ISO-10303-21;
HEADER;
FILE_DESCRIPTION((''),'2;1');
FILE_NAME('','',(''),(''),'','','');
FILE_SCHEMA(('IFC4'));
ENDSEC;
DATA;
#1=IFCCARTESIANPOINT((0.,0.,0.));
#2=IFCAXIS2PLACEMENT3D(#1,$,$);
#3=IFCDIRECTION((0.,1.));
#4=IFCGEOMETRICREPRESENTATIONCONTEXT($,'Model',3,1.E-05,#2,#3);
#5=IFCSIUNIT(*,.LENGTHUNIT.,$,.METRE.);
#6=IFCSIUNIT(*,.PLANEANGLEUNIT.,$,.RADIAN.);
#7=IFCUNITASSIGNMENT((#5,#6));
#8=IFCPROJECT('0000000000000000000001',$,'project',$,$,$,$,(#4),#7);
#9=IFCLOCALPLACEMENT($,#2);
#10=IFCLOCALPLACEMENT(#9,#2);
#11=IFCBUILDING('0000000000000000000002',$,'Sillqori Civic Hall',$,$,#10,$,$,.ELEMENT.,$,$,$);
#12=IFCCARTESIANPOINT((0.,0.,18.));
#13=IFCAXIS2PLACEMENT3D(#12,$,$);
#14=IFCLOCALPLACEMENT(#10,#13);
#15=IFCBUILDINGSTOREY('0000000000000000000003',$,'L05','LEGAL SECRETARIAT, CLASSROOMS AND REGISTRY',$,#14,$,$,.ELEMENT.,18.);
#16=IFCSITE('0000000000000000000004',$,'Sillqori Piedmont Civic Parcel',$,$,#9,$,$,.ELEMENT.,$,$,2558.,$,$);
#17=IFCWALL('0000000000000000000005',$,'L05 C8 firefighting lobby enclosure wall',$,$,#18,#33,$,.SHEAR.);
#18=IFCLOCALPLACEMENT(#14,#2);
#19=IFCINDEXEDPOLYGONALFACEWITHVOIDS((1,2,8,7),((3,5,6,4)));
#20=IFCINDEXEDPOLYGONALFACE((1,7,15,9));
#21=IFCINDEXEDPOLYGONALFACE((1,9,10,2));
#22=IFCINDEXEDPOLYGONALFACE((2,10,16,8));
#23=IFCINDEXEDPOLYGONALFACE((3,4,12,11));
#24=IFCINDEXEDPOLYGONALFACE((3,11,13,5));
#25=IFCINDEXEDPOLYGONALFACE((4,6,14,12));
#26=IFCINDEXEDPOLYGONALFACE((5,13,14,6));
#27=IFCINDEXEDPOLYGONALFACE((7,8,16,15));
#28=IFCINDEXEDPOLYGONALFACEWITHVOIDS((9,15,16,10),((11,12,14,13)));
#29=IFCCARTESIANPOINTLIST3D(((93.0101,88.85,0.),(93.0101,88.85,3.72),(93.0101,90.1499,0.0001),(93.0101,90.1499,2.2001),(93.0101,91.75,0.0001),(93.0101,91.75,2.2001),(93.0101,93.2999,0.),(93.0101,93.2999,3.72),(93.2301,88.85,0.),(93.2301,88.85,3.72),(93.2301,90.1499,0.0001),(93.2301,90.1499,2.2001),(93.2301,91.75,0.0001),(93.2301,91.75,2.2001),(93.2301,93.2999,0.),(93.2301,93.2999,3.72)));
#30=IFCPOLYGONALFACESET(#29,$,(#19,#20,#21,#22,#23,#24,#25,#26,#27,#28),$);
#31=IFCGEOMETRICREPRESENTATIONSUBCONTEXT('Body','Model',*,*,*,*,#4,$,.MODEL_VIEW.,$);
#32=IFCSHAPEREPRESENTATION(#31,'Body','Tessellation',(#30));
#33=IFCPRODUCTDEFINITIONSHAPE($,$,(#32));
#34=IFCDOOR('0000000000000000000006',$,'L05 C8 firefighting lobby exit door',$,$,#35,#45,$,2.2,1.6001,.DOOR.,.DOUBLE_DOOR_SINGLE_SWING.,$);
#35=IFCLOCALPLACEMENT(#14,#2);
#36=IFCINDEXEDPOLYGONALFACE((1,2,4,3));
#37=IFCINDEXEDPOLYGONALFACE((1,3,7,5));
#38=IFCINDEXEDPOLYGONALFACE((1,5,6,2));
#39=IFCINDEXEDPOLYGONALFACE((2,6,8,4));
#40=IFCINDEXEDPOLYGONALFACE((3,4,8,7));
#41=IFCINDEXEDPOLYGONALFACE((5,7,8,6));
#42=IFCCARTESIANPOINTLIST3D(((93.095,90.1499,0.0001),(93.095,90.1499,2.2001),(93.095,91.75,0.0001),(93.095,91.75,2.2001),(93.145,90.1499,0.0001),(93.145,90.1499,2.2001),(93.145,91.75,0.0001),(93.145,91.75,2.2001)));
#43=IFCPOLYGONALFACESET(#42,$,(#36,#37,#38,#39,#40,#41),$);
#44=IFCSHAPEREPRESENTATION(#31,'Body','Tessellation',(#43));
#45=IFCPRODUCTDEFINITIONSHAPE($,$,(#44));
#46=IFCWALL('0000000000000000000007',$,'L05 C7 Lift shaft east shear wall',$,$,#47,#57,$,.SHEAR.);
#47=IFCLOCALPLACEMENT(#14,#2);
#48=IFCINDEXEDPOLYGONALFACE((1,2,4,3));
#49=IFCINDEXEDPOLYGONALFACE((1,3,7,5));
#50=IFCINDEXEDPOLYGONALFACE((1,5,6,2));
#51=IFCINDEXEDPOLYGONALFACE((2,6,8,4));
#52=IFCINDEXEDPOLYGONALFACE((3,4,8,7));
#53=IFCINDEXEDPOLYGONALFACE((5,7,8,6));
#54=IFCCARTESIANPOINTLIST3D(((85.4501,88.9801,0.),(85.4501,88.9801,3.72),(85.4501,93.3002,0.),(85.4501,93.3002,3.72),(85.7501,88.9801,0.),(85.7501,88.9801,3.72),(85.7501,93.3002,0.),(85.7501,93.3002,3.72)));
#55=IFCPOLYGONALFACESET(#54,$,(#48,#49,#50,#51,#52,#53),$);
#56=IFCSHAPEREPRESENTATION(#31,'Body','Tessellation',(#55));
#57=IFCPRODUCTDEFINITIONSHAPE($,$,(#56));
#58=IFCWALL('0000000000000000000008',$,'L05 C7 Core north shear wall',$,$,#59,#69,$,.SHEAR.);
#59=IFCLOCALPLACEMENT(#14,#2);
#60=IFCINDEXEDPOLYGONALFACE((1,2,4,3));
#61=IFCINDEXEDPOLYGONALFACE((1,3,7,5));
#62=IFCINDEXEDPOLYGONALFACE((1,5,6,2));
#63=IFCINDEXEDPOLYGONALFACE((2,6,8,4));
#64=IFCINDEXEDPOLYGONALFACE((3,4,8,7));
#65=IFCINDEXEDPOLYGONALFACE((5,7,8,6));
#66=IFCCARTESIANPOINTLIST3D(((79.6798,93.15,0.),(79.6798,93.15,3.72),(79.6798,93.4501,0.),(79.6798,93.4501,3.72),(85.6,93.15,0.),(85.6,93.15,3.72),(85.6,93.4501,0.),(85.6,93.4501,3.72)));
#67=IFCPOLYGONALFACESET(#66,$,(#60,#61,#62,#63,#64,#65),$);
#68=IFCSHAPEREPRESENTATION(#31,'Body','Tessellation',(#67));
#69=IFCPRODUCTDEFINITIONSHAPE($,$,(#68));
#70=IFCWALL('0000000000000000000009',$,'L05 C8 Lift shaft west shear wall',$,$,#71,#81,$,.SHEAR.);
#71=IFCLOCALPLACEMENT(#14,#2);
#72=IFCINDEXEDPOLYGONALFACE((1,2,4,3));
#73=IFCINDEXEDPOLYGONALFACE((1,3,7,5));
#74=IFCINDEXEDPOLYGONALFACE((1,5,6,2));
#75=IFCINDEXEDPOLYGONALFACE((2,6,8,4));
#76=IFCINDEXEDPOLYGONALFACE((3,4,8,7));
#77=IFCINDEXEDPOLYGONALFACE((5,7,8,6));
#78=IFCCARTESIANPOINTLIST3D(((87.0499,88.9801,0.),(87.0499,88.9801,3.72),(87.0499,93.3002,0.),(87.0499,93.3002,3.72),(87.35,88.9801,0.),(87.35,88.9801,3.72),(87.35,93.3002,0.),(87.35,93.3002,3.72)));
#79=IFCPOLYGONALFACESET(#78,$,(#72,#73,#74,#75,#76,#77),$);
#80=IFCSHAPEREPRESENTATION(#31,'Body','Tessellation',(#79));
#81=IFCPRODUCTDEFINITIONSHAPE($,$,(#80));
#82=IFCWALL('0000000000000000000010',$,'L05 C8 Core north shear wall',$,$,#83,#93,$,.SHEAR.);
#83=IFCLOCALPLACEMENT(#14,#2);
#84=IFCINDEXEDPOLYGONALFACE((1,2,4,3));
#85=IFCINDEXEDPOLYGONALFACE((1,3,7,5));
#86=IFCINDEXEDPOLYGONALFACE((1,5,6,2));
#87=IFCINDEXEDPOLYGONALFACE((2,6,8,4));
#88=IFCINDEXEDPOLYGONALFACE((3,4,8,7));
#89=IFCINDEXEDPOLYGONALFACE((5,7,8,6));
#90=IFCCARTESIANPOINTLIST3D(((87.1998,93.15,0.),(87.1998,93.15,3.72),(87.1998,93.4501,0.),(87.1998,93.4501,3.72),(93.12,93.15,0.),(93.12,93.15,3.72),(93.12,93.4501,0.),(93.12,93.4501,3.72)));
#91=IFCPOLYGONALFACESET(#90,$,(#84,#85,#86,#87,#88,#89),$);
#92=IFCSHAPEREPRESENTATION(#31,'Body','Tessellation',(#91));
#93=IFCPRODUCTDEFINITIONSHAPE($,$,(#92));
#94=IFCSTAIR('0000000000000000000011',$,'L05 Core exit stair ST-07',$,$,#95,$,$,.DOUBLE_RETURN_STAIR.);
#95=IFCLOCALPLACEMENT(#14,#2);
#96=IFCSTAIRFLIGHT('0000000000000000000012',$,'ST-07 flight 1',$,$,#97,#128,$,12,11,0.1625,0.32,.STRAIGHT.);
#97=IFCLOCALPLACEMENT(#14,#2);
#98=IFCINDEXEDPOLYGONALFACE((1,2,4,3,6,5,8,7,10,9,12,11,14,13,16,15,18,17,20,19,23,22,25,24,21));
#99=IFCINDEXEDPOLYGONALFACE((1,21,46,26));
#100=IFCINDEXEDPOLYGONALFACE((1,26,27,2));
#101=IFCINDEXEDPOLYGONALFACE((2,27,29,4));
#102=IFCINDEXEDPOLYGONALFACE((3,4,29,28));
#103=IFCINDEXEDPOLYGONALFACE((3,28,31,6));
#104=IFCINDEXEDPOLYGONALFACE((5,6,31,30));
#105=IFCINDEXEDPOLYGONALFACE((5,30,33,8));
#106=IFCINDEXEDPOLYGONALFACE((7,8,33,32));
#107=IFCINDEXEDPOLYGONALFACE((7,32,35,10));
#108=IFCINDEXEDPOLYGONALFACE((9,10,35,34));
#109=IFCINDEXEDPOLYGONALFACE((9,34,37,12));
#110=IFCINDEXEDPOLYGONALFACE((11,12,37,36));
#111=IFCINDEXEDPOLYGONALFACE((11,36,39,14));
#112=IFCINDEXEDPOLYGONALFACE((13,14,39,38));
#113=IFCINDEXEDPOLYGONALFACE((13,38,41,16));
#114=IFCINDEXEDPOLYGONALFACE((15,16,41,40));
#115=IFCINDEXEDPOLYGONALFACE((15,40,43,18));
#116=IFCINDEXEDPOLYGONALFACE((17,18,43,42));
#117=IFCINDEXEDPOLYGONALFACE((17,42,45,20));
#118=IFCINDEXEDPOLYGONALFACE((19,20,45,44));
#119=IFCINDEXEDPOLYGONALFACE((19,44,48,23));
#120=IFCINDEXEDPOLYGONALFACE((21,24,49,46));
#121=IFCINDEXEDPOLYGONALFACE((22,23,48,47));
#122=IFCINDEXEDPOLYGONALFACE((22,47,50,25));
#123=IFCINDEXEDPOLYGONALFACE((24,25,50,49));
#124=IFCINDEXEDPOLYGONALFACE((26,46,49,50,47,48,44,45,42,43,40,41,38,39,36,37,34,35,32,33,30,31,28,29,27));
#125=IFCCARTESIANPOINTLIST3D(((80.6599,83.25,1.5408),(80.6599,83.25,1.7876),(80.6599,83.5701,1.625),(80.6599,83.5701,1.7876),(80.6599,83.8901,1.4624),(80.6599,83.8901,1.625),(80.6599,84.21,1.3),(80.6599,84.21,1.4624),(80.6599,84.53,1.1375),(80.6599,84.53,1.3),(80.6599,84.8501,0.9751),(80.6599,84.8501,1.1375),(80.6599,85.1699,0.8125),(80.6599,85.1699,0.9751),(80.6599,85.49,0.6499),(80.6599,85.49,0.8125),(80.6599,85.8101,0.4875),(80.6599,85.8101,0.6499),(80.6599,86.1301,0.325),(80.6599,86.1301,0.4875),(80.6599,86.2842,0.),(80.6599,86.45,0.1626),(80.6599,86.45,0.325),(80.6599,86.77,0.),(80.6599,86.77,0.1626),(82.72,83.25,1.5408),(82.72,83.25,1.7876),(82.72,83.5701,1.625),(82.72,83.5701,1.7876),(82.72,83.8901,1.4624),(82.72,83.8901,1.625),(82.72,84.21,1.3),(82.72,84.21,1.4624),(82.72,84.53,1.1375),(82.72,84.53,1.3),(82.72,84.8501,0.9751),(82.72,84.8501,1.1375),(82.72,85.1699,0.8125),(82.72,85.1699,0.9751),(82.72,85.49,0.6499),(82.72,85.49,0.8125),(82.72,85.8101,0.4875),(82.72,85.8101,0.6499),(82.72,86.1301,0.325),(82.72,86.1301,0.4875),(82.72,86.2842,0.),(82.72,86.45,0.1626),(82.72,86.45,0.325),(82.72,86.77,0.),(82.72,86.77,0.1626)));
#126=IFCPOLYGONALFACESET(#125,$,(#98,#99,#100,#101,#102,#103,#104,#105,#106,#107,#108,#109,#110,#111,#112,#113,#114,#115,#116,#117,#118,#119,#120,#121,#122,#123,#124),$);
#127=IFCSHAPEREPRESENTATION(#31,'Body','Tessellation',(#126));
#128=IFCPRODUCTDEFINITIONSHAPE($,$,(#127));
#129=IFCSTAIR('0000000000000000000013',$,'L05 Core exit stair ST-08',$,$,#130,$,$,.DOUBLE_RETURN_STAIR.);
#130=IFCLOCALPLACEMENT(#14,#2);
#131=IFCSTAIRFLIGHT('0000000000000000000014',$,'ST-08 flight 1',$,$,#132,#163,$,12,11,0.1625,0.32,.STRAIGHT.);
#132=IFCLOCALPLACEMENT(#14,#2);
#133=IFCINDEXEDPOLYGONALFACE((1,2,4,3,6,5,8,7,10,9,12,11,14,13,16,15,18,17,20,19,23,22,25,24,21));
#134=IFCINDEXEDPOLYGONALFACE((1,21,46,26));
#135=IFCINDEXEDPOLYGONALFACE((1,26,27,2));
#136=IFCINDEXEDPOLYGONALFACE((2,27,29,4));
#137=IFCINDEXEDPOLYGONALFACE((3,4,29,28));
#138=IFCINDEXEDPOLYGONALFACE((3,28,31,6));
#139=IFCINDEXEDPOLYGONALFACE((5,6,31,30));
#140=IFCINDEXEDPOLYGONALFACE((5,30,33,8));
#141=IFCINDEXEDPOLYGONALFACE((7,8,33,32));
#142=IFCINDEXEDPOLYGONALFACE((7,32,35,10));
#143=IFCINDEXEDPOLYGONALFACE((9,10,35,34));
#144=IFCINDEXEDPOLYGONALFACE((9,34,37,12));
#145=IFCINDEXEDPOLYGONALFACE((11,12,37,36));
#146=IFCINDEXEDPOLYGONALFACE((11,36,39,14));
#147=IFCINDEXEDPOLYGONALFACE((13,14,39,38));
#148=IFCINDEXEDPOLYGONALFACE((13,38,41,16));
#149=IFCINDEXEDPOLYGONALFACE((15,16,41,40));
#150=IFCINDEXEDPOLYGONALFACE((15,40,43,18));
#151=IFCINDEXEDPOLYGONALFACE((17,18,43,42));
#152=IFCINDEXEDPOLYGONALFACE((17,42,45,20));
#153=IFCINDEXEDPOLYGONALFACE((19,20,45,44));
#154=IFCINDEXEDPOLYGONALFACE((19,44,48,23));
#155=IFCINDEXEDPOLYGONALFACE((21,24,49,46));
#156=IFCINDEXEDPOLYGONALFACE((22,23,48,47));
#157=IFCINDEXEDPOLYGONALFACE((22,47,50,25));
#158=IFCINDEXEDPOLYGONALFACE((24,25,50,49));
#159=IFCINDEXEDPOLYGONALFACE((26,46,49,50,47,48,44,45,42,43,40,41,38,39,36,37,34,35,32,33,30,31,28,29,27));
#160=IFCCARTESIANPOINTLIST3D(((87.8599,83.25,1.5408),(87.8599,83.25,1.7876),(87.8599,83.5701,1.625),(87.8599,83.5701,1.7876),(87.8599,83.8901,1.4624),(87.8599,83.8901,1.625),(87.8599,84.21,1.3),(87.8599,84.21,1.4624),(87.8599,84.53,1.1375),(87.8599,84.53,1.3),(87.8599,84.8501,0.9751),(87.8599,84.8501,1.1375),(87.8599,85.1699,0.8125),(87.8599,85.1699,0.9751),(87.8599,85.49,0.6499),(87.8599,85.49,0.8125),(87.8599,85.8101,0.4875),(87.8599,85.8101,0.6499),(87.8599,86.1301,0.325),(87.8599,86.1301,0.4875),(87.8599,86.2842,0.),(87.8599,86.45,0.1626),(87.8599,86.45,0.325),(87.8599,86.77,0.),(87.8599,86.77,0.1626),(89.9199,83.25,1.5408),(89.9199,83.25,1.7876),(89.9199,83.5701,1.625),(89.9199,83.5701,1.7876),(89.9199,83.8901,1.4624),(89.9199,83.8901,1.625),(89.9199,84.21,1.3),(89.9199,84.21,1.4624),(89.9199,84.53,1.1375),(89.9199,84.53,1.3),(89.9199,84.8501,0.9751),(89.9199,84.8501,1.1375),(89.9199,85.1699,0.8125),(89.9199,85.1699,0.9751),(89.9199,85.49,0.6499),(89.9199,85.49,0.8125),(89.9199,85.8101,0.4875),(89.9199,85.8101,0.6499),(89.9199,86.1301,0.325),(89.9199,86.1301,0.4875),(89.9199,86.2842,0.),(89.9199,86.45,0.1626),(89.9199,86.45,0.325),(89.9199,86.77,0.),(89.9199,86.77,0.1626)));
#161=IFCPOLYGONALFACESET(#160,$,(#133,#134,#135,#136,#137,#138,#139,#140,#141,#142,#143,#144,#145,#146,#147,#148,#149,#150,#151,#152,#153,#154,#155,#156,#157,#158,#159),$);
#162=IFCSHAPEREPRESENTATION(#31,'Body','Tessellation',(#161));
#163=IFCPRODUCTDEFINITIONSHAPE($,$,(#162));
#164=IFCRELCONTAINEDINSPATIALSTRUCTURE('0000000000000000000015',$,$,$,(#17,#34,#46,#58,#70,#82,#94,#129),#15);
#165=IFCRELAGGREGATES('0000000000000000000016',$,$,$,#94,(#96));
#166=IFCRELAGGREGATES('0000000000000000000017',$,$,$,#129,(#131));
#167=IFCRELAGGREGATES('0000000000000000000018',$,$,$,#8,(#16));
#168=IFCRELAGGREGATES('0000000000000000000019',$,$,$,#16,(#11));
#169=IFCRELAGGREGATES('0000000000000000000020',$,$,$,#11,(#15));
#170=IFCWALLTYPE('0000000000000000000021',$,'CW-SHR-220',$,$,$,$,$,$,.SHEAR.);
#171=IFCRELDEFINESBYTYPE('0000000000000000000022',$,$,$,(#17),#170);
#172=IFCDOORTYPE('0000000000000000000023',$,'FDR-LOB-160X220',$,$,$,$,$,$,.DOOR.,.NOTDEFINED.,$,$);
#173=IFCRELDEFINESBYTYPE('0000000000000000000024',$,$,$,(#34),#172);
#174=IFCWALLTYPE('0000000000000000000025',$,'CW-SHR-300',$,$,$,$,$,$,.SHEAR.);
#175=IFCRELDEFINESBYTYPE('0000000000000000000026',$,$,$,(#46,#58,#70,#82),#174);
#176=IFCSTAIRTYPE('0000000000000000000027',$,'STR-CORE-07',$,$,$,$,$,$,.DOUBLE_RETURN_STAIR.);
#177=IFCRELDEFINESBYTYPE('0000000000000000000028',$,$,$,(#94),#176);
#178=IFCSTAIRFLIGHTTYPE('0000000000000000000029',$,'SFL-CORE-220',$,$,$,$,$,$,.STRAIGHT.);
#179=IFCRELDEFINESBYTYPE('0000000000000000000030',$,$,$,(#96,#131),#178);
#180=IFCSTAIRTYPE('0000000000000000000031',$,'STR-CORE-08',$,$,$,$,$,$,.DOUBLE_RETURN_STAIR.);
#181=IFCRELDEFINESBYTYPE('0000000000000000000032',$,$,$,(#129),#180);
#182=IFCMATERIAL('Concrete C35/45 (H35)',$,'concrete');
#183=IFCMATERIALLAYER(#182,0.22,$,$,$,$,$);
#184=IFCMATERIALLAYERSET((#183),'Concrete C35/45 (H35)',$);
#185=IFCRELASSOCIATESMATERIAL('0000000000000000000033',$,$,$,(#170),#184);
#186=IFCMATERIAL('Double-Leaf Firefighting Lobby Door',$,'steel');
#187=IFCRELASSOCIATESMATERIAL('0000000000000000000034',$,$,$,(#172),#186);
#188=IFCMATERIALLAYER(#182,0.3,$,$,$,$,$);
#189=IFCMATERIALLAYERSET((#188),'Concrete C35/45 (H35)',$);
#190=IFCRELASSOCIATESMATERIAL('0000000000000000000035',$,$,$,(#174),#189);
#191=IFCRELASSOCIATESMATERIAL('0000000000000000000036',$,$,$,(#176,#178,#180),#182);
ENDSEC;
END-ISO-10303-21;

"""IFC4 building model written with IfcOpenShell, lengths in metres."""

from ifc_helpers import new_model, si_unit, direction, frame, frame_2d, origin, place, context, subcontext, project, spatial, polyline, rectangle, outline, extrude, material, layer, layer_set, type_object, element, fill, aggregate, save


model = new_model("IFC4")

# Units and contexts
model_context = context("Model", 3, precision=1e-05, world=origin(), true_north=direction((0.0, 1.0)))
body_context = subcontext(model_context, "Body", "Model", "MODEL_VIEW")
ifc_project = project(units=[si_unit("LENGTHUNIT", "METRE"), si_unit("PLANEANGLEUNIT", "RADIAN")], contexts=[model_context])

# Site, building, storey
site_placement = place(None, origin())
site = spatial("IfcSite", under=ifc_project, at=site_placement, Name="Sillqori Piedmont Civic Parcel", CompositionType="ELEMENT", RefElevation=2558.0)
building_placement = place(site_placement, origin())
building = spatial("IfcBuilding", under=site, at=building_placement, Name="Sillqori Civic Hall", CompositionType="ELEMENT")
storey_placement = place(building_placement, frame((0.0, 0.0, 18.0)))
storey = spatial("IfcBuildingStorey", under=building, at=storey_placement, Name="L05", Description="LEGAL SECRETARIAT, CLASSROOMS AND REGISTRY", CompositionType="ELEMENT", Elevation=18.0)

# Shared definitions
ifc_material_1 = material(Name="Concrete C35/45 (H35)", Category="concrete")

# Shared definitions
ifc_layer_1 = layer(ifc_material_1, 0.22)
ifc_layer_set_1 = layer_set([ifc_layer_1], Name="Concrete C35/45 (H35)")
wall_type_1 = type_object("IfcWallType", Name="CW-SHR-220", PredefinedType="SHEAR", material=ifc_layer_set_1)

# Wall, opening, door
wall_1_placement = place(storey_placement, frame((93.1201, 93.3, 0.0), z_axis=(0.0, 0.0, 1.0), x_axis=(0.0, -1.0, 0.0)))
wall_1 = element("IfcWall", 1, at=wall_1_placement, inside=storey, type_object=wall_type_1, Name="L05 C8 firefighting lobby enclosure wall", PredefinedType="SHEAR", context=body_context, shape_type="SweptSolid", body=[
    extrude(rectangle(XDim=4.45, YDim=0.22, at=frame_2d((2.2251, 0.0))), origin(), (0.0, 0.0, 1.0), 3.72),
])
opening_1_placement = place(wall_1_placement, frame((1.55, 0.0, 0.0)))
opening_1 = element("IfcOpeningElement", 2, at=opening_1_placement, cuts=wall_1, PredefinedType="OPENING", context=body_context, shape_type="SweptSolid", body=[
    extrude(rectangle(XDim=1.6001, YDim=2.2, at=frame_2d((0.8, 1.1001))), frame((0.0, 0.1199, 0.0), z_axis=(0.0, -1.0, 0.0), x_axis=(1.0, 0.0, 0.0)), (0.0, 0.0, 1.0), 0.24),
])
ifc_material_2 = material(Name="Double-Leaf Firefighting Lobby Door", Category="steel")
door_type_1 = type_object("IfcDoorType", Name="FDR-LOB-160X220", OperationType="NOTDEFINED", PredefinedType="DOOR", material=ifc_material_2)
door_1_placement = place(opening_1_placement, origin())
door_1 = element("IfcDoor", 3, at=door_1_placement, inside=storey, type_object=door_type_1, Name="L05 C8 firefighting lobby exit door", OperationType="DOUBLE_DOOR_SINGLE_SWING", OverallHeight=2.2, OverallWidth=1.6001, PredefinedType="DOOR", context=body_context, shape_type="SweptSolid", body=[
    extrude(rectangle(XDim=1.6001, YDim=2.2, at=frame_2d((0.8, 1.1001))), frame((0.0, 0.0249, 0.0), z_axis=(0.0, -1.0, 0.0), x_axis=(1.0, 0.0, 0.0)), (0.0, 0.0, 1.0), 0.05),
])
fill(opening_1, door_1)

# Walls
ifc_layer_2 = layer(ifc_material_1, 0.3)
ifc_layer_set_2 = layer_set([ifc_layer_2], Name="Concrete C35/45 (H35)")
wall_type_2 = type_object("IfcWallType", Name="CW-SHR-300", PredefinedType="SHEAR", material=ifc_layer_set_2)
wall_2_placement = place(storey_placement, frame((85.6001, 88.98, 0.0), z_axis=(0.0, 0.0, 1.0), x_axis=(0.0, 1.0, 0.0)))
element("IfcWall", 4, at=wall_2_placement, inside=storey, type_object=wall_type_2, Name="L05 C7 Lift shaft east shear wall", PredefinedType="SHEAR", context=body_context, shape_type="SweptSolid", body=[
    extrude(rectangle(XDim=4.3201, YDim=0.3, at=frame_2d((2.1602, 0.0))), origin(), (0.0, 0.0, 1.0), 3.72),
])
wall_3_placement = place(storey_placement, frame((79.6799, 93.3, 0.0), z_axis=(0.0, 0.0, 1.0), x_axis=(1.0, 0.0, 0.0)))
element("IfcWall", 5, at=wall_3_placement, inside=storey, type_object=wall_type_2, Name="L05 C7 Core north shear wall", PredefinedType="SHEAR", context=body_context, shape_type="SweptSolid", body=[
    extrude(rectangle(XDim=5.9202, YDim=0.3, at=frame_2d((2.96, 0.0))), origin(), (0.0, 0.0, 1.0), 3.72),
])
wall_4_placement = place(storey_placement, frame((87.2, 88.98, 0.0), z_axis=(0.0, 0.0, 1.0), x_axis=(0.0, 1.0, 0.0)))
element("IfcWall", 6, at=wall_4_placement, inside=storey, type_object=wall_type_2, Name="L05 C8 Lift shaft west shear wall", PredefinedType="SHEAR", context=body_context, shape_type="SweptSolid", body=[
    extrude(rectangle(XDim=4.3201, YDim=0.3, at=frame_2d((2.1602, 0.0))), origin(), (0.0, 0.0, 1.0), 3.72),
])
wall_5_placement = place(storey_placement, frame((87.2, 93.3, 0.0), z_axis=(0.0, 0.0, 1.0), x_axis=(1.0, 0.0, 0.0)))
element("IfcWall", 7, at=wall_5_placement, inside=storey, type_object=wall_type_2, Name="L05 C8 Core north shear wall", PredefinedType="SHEAR", context=body_context, shape_type="SweptSolid", body=[
    extrude(rectangle(XDim=5.9202, YDim=0.3, at=frame_2d((2.96, 0.0))), origin(), (0.0, 0.0, 1.0), 3.72),
])

# Stairs, stair flights
stair_type_1 = type_object("IfcStairType", Name="STR-CORE-07", PredefinedType="DOUBLE_RETURN_STAIR", material=ifc_material_1)
stair_1_placement = place(storey_placement, origin())
stair_1 = element("IfcStair", 8, at=stair_1_placement, inside=storey, type_object=stair_type_1, Name="L05 Core exit stair ST-07", PredefinedType="DOUBLE_RETURN_STAIR")
stair_flight_type = type_object("IfcStairFlightType", Name="SFL-CORE-220", PredefinedType="STRAIGHT", material=ifc_material_1)
stair_flight_1_placement = place(storey_placement, frame((81.6899, 86.77, 0.0), z_axis=(0.0, 0.0, 1.0), x_axis=(0.0, -1.0, 0.0)))
stair_flight_1 = element("IfcStairFlight", 9, at=stair_flight_1_placement, type_object=stair_flight_type, Name="ST-07 flight 1", NumberOfRisers=12, NumberOfTreads=11, PredefinedType="STRAIGHT", RiserHeight=0.1625, TreadLength=0.32, context=body_context, shape_type="SweptSolid", body=[
    extrude(outline(polyline([(0.0, 0.0), (0.0, 0.1626), (0.3201, 0.1626), (0.3201, 0.325), (0.6399, 0.325), (0.6399, 0.4875), (0.96, 0.4875), (0.96, 0.6499), (1.28, 0.6499), (1.28, 0.8125), (1.6001, 0.8125), (1.6001, 0.9751), (1.9199, 0.9751), (1.9199, 1.1375), (2.24, 1.1375), (2.24, 1.3), (2.5601, 1.3), (2.5601, 1.4624), (2.8799, 1.4624), (2.8799, 1.625), (3.2, 1.625), (3.2, 1.7876), (3.52, 1.7876), (3.52, 1.95), (3.52, 1.5408), (0.4858, 0.0), (0.0, 0.0)])), frame((0.0, 1.03, 0.0), z_axis=(0.0, -1.0, 0.0), x_axis=(1.0, 0.0, 0.0)), (0.0, 0.0, 1.0), 2.0601),
])
aggregate(stair_1, [stair_flight_1])
stair_type_2 = type_object("IfcStairType", Name="STR-CORE-08", PredefinedType="DOUBLE_RETURN_STAIR", material=ifc_material_1)
stair_2_placement = place(storey_placement, origin())
stair_2 = element("IfcStair", 10, at=stair_2_placement, inside=storey, type_object=stair_type_2, Name="L05 Core exit stair ST-08", PredefinedType="DOUBLE_RETURN_STAIR")
stair_flight_2_placement = place(storey_placement, frame((88.8899, 86.77, 0.0), z_axis=(0.0, 0.0, 1.0), x_axis=(0.0, -1.0, 0.0)))
stair_flight_2 = element("IfcStairFlight", 11, at=stair_flight_2_placement, type_object=stair_flight_type, Name="ST-08 flight 1", NumberOfRisers=12, NumberOfTreads=11, PredefinedType="STRAIGHT", RiserHeight=0.1625, TreadLength=0.32, context=body_context, shape_type="SweptSolid", body=[
    extrude(outline(polyline([(0.0, 0.0), (0.0, 0.1626), (0.3201, 0.1626), (0.3201, 0.325), (0.6399, 0.325), (0.6399, 0.4875), (0.96, 0.4875), (0.96, 0.6499), (1.28, 0.6499), (1.28, 0.8125), (1.6001, 0.8125), (1.6001, 0.9751), (1.9199, 0.9751), (1.9199, 1.1375), (2.24, 1.1375), (2.24, 1.3), (2.5601, 1.3), (2.5601, 1.4624), (2.8799, 1.4624), (2.8799, 1.625), (3.2, 1.625), (3.2, 1.7876), (3.52, 1.7876), (3.52, 1.95), (3.52, 1.5408), (0.4858, 0.0), (0.0, 0.0)])), frame((0.0, 1.03, 0.0), z_axis=(0.0, -1.0, 0.0), x_axis=(1.0, 0.0, 0.0)), (0.0, 0.0, 1.0), 2.0601),
])
aggregate(stair_2, [stair_flight_2])

save(model, "model.ifc")
